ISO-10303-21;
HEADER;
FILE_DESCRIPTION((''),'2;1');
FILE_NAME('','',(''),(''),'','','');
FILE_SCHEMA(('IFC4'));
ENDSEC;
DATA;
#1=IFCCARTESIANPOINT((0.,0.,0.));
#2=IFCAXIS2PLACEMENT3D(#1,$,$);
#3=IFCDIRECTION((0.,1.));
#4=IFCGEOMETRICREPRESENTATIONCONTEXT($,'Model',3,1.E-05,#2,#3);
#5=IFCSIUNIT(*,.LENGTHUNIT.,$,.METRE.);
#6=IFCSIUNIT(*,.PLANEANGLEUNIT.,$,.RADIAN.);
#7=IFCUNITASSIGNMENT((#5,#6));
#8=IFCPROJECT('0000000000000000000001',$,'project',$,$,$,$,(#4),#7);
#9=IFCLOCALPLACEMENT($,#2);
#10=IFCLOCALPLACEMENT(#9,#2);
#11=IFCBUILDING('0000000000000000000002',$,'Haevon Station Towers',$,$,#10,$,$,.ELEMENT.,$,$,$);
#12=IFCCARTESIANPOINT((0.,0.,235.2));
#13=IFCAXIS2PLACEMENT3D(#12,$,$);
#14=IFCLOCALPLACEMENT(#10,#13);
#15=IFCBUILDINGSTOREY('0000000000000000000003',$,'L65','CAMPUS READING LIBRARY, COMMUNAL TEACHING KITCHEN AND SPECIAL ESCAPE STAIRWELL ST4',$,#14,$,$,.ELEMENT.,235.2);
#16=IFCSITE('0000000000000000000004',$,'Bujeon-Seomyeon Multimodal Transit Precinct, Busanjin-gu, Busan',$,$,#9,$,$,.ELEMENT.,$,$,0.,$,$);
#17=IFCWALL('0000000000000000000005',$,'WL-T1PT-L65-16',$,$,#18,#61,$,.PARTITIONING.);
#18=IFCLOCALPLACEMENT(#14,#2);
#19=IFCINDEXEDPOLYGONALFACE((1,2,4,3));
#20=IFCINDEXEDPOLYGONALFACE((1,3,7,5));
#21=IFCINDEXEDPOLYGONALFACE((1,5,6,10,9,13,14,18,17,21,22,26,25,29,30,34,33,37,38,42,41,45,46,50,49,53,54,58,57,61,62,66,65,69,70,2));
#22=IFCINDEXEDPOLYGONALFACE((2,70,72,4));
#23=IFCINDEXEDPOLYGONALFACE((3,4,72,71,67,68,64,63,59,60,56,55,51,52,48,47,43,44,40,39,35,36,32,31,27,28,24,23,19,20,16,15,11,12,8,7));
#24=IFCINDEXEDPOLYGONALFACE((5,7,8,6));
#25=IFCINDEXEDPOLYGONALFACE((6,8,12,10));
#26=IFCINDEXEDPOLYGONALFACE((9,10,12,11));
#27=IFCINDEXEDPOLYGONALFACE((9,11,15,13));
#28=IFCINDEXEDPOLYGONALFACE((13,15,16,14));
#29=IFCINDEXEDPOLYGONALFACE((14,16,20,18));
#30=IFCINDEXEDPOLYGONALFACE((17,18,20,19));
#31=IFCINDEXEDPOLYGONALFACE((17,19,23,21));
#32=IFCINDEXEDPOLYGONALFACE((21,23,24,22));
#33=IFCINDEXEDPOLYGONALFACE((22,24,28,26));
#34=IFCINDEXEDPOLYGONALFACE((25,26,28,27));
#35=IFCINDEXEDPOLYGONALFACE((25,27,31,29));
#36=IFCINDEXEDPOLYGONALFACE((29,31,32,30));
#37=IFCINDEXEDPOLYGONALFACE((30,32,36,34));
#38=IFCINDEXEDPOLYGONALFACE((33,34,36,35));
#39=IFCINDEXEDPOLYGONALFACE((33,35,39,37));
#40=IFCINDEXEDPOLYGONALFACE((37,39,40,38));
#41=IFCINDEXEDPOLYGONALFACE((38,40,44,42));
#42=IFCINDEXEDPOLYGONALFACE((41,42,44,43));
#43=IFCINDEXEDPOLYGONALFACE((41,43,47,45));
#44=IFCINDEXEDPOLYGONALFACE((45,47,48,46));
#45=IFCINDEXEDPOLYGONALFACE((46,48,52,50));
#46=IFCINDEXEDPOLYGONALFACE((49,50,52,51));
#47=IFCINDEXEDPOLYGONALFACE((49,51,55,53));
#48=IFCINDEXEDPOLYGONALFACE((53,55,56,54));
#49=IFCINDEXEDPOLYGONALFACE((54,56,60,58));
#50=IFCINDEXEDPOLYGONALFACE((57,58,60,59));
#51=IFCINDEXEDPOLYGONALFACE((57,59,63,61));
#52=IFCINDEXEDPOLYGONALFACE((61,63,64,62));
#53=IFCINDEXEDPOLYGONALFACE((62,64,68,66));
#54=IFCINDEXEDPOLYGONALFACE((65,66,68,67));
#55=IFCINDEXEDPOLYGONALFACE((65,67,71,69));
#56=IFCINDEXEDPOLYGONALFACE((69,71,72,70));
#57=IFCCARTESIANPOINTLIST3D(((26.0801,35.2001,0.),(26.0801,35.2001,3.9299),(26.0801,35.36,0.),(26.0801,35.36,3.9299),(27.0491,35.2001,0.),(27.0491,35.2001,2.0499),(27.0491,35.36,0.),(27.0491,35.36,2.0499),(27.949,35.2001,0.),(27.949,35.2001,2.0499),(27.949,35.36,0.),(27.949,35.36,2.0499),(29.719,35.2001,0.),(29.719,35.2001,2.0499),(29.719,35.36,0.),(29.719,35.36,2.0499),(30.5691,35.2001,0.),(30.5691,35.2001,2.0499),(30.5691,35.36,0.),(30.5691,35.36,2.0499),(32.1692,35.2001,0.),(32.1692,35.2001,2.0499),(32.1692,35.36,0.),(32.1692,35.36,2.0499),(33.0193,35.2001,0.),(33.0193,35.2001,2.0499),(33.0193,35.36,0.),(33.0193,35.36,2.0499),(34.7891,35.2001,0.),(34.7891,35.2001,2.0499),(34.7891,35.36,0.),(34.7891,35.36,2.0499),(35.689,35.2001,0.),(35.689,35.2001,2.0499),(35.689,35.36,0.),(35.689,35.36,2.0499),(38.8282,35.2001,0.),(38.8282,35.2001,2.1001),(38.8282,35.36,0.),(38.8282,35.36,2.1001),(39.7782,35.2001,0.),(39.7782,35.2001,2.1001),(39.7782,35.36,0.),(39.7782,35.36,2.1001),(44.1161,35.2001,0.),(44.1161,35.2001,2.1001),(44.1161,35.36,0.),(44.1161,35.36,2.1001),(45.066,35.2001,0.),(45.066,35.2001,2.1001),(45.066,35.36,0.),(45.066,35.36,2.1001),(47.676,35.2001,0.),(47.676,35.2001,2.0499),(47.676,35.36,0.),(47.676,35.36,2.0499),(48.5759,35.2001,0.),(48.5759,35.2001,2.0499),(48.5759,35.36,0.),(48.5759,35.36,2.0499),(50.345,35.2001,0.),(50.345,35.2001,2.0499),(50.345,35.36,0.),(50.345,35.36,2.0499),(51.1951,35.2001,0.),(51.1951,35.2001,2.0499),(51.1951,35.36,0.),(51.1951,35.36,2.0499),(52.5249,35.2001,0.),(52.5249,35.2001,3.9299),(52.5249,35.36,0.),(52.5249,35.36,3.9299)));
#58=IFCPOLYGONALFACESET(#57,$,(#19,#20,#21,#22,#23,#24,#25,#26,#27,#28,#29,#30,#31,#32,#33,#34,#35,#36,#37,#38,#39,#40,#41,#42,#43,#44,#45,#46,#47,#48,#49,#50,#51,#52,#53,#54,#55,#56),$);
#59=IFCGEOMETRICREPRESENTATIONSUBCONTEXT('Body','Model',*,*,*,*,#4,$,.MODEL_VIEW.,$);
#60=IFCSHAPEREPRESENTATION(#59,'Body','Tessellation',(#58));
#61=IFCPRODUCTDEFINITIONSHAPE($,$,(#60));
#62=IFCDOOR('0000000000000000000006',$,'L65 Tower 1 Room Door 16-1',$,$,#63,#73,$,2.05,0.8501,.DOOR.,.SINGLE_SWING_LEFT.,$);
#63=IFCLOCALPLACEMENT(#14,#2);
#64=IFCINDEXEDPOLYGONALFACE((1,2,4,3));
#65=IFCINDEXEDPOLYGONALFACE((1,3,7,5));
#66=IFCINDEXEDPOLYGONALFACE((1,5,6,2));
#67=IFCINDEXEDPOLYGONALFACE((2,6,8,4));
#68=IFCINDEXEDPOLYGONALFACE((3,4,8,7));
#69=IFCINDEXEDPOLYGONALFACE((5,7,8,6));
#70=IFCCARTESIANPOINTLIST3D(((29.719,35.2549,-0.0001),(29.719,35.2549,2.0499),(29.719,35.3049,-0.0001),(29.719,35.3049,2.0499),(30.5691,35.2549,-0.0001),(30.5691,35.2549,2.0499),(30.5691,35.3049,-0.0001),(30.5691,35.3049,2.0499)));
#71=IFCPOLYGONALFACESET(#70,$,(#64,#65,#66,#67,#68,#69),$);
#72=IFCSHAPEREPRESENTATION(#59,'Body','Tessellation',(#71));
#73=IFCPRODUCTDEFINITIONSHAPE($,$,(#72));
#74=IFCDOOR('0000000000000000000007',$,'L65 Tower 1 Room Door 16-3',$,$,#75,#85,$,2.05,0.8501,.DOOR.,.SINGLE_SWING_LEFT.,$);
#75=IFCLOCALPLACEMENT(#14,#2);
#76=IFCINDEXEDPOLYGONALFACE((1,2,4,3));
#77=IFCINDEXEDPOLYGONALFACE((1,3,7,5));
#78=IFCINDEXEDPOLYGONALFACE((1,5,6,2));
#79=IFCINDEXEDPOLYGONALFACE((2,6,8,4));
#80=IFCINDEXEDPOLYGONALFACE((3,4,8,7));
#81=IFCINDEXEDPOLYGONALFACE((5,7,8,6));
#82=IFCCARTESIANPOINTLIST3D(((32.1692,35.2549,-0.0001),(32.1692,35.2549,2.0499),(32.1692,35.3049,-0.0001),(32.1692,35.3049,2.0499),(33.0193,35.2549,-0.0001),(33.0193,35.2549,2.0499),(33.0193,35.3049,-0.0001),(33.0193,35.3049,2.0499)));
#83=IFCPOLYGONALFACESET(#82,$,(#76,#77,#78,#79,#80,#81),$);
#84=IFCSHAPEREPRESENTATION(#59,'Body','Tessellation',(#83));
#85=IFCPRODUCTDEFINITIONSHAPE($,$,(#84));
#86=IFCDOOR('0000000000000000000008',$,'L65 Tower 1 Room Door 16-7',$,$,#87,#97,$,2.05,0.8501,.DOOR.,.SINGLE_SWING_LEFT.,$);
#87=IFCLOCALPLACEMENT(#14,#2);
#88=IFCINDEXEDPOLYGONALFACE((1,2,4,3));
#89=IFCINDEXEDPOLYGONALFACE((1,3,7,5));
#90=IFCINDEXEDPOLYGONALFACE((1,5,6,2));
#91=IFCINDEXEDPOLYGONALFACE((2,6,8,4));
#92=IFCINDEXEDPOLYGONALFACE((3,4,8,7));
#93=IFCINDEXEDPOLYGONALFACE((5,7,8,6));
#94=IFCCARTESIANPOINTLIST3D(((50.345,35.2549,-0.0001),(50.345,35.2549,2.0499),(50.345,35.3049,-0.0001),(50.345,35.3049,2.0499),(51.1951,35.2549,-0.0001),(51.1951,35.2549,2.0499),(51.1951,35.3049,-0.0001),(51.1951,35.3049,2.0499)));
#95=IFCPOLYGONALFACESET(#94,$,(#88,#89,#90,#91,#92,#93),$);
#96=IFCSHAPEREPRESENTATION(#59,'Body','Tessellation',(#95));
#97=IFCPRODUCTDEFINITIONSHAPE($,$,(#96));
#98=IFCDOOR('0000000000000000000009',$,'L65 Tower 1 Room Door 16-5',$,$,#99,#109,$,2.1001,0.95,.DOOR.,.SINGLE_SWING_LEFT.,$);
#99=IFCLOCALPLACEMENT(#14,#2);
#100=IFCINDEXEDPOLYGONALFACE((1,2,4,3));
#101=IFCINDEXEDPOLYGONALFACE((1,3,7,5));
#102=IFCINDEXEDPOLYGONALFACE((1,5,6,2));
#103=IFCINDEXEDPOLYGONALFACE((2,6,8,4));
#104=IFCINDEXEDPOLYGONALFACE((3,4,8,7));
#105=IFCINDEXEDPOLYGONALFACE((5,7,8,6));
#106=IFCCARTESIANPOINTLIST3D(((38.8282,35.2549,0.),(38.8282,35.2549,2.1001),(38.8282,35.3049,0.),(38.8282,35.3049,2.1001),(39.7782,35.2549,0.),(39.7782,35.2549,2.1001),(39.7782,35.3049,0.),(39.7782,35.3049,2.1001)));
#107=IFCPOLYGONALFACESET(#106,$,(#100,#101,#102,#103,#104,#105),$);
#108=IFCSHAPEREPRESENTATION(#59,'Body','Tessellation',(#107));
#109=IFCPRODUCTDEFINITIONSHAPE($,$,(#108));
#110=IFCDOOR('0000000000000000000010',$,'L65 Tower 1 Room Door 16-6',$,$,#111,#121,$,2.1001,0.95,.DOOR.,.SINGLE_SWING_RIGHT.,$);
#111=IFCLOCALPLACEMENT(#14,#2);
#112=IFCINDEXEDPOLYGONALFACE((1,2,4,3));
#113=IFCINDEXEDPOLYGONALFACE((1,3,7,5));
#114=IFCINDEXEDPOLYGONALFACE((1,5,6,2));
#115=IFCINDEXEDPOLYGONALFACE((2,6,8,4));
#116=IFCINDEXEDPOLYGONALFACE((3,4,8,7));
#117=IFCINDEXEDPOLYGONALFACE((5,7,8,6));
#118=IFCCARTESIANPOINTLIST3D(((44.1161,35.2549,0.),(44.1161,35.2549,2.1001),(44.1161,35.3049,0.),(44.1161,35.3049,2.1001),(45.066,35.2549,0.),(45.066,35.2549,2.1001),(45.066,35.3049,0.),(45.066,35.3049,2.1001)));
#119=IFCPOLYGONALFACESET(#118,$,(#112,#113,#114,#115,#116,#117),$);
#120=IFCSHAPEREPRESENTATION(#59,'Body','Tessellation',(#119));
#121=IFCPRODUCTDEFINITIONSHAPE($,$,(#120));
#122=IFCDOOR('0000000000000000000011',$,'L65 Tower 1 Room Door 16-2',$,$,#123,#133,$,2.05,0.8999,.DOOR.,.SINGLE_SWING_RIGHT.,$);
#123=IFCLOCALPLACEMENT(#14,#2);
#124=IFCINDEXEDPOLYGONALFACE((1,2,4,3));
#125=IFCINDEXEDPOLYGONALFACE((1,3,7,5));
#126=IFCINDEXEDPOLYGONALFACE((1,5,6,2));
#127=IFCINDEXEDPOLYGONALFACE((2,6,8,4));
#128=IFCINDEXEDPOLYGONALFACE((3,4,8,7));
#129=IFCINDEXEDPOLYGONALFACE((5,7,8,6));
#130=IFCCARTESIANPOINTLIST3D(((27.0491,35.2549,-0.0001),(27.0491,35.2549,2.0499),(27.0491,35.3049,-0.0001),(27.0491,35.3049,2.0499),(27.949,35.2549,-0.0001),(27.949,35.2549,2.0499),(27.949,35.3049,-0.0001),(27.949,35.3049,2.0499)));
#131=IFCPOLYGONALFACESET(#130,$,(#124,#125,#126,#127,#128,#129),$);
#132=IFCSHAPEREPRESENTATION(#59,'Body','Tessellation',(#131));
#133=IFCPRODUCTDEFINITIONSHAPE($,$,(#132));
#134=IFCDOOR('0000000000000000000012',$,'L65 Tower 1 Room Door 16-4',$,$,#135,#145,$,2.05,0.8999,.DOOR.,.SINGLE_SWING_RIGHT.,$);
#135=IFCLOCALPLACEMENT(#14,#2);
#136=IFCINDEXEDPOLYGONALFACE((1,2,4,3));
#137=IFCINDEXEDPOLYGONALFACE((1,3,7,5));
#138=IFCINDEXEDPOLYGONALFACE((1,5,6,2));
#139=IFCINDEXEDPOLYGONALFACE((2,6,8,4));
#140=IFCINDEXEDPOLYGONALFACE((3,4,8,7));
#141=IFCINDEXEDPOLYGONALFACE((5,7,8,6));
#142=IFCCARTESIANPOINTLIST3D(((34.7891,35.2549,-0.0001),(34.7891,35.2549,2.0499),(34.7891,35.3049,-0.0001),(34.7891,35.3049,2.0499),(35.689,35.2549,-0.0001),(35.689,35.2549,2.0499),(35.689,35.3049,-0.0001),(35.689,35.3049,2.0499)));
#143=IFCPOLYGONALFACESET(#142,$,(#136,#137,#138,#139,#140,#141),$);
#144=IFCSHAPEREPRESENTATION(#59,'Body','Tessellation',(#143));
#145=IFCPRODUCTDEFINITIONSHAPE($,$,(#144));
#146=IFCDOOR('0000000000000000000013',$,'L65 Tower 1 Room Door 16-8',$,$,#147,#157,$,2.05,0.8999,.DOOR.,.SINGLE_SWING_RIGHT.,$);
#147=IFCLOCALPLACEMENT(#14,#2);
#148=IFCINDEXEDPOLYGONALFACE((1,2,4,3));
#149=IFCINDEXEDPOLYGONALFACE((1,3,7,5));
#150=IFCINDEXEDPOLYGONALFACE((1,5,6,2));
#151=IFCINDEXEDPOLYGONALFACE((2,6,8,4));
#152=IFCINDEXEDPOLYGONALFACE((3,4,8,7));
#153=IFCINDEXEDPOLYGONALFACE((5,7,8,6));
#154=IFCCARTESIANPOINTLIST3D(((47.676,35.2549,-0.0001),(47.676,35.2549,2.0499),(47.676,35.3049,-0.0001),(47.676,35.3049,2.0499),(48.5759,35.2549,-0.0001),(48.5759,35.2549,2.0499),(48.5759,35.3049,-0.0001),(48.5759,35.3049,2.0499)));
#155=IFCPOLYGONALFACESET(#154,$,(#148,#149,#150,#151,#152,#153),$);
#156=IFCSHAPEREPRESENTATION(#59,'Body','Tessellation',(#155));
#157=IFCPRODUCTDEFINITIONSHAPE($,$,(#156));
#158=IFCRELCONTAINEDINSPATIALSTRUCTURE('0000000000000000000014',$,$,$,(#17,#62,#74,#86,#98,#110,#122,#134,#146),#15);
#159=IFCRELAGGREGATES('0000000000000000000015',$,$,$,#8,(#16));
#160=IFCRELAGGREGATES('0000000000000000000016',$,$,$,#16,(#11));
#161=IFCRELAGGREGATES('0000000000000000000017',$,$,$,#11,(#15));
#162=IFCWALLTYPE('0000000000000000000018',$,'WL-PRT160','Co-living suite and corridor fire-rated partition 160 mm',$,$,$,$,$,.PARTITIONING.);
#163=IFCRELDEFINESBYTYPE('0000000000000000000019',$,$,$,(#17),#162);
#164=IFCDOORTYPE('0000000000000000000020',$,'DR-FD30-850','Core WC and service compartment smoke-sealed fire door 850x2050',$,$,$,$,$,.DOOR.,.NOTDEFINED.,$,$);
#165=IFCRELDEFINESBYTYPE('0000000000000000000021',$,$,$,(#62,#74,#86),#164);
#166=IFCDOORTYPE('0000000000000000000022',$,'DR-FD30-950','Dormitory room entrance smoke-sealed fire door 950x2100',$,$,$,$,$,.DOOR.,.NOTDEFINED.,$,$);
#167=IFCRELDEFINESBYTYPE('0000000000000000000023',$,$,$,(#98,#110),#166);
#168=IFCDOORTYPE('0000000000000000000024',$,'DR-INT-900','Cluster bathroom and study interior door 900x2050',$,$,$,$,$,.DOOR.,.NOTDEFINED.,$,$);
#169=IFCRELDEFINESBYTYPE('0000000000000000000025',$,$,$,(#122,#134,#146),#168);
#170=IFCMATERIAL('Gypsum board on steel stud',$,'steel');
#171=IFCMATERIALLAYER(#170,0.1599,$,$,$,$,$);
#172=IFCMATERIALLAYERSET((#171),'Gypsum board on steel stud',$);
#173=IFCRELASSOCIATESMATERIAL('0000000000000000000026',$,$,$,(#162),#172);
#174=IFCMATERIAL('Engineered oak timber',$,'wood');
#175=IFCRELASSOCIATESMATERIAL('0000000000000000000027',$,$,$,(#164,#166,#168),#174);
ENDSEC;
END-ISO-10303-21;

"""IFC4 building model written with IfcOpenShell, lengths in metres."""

from ifc_helpers import new_model, si_unit, direction, frame, frame_2d, origin, place, context, subcontext, project, spatial, rectangle, extrude, material, layer, layer_set, type_object, element, fill, save


model = new_model("IFC4")

# Units and contexts
model_context = context("Model", 3, precision=1e-05, world=origin(), true_north=direction((0.0, 1.0)))
body_context = subcontext(model_context, "Body", "Model", "MODEL_VIEW")
ifc_project = project(units=[si_unit("LENGTHUNIT", "METRE"), si_unit("PLANEANGLEUNIT", "RADIAN")], contexts=[model_context])

# Site, building, storey
site_placement = place(None, origin())
site = spatial("IfcSite", under=ifc_project, at=site_placement, Name="Bujeon-Seomyeon Multimodal Transit Precinct, Busanjin-gu, Busan", CompositionType="ELEMENT", RefElevation=0.0)
building_placement = place(site_placement, origin())
building = spatial("IfcBuilding", under=site, at=building_placement, Name="Haevon Station Towers", CompositionType="ELEMENT")
storey_placement = place(building_placement, frame((0.0, 0.0, 235.2)))
storey = spatial("IfcBuildingStorey", under=building, at=storey_placement, Name="L65", Description="CAMPUS READING LIBRARY, COMMUNAL TEACHING KITCHEN AND SPECIAL ESCAPE STAIRWELL ST4", CompositionType="ELEMENT", Elevation=235.2)

# Shared definitions
ifc_material_1 = material(Name="Gypsum board on steel stud", Category="steel")
ifc_layer_1 = layer(ifc_material_1, 0.1599)
ifc_layer_set_1 = layer_set([ifc_layer_1], Name="Gypsum board on steel stud")
wall_type_1 = type_object("IfcWallType", Name="WL-PRT160", Description="Co-living suite and corridor fire-rated partition 160 mm", PredefinedType="PARTITIONING", material=ifc_layer_set_1)

# Wall, openings, doors
wall_1_placement = place(storey_placement, frame((26.0801, 35.28, 0.0), z_axis=(0.0, 0.0, 1.0), x_axis=(1.0, 0.0, 0.0)))
wall_1 = element("IfcWall", 1, at=wall_1_placement, inside=storey, type_object=wall_type_1, Name="WL-T1PT-L65-16", PredefinedType="PARTITIONING", context=body_context, shape_type="SweptSolid", body=[
    extrude(rectangle(XDim=26.4448, YDim=0.1599, at=frame_2d((13.2224, 0.0))), origin(), (0.0, 0.0, 1.0), 3.9299),
])
opening_1_placement = place(wall_1_placement, frame((3.6389, 0.0, 0.0)))
opening_1 = element("IfcOpeningElement", 2, at=opening_1_placement, cuts=wall_1, PredefinedType="OPENING", context=body_context, shape_type="SweptSolid", body=[
    extrude(rectangle(XDim=0.8501, YDim=2.05, at=frame_2d((0.425, 1.0249))), frame((0.0, 0.0898, 0.0), z_axis=(0.0, -1.0, 0.0), x_axis=(1.0, 0.0, 0.0)), (0.0, 0.0, 1.0), 0.1799),
])
opening_2_placement = place(wall_1_placement, frame((0.969, 0.0, 0.0)))
opening_2 = element("IfcOpeningElement", 3, at=opening_2_placement, cuts=wall_1, PredefinedType="OPENING", context=body_context, shape_type="SweptSolid", body=[
    extrude(rectangle(XDim=0.8999, YDim=2.05, at=frame_2d((0.45, 1.0249))), frame((0.0, 0.0898, 0.0), z_axis=(0.0, -1.0, 0.0), x_axis=(1.0, 0.0, 0.0)), (0.0, 0.0, 1.0), 0.1799),
])
opening_3_placement = place(wall_1_placement, frame((6.0891, 0.0, 0.0)))
opening_3 = element("IfcOpeningElement", 4, at=opening_3_placement, cuts=wall_1, PredefinedType="OPENING", context=body_context, shape_type="SweptSolid", body=[
    extrude(rectangle(XDim=0.8501, YDim=2.05, at=frame_2d((0.425, 1.0249))), frame((0.0, 0.0898, 0.0), z_axis=(0.0, -1.0, 0.0), x_axis=(1.0, 0.0, 0.0)), (0.0, 0.0, 1.0), 0.1799),
])
opening_4_placement = place(wall_1_placement, frame((8.709, 0.0, 0.0)))
opening_4 = element("IfcOpeningElement", 5, at=opening_4_placement, cuts=wall_1, PredefinedType="OPENING", context=body_context, shape_type="SweptSolid", body=[
    extrude(rectangle(XDim=0.8999, YDim=2.05, at=frame_2d((0.45, 1.0249))), frame((0.0, 0.0898, 0.0), z_axis=(0.0, -1.0, 0.0), x_axis=(1.0, 0.0, 0.0)), (0.0, 0.0, 1.0), 0.1799),
])
opening_5_placement = place(wall_1_placement, frame((12.748, 0.0, 0.0)))
opening_5 = element("IfcOpeningElement", 6, at=opening_5_placement, cuts=wall_1, PredefinedType="OPENING", context=body_context, shape_type="SweptSolid", body=[
    extrude(rectangle(XDim=0.95, YDim=2.1001, at=frame_2d((0.4751, 1.05))), frame((0.0, 0.0898, 0.0), z_axis=(0.0, -1.0, 0.0), x_axis=(1.0, 0.0, 0.0)), (0.0, 0.0, 1.0), 0.1799),
])
opening_6_placement = place(wall_1_placement, frame((18.0359, 0.0, 0.0)))
opening_6 = element("IfcOpeningElement", 7, at=opening_6_placement, cuts=wall_1, PredefinedType="OPENING", context=body_context, shape_type="SweptSolid", body=[
    extrude(rectangle(XDim=0.95, YDim=2.1001, at=frame_2d((0.4751, 1.05))), frame((0.0, 0.0898, 0.0), z_axis=(0.0, -1.0, 0.0), x_axis=(1.0, 0.0, 0.0)), (0.0, 0.0, 1.0), 0.1799),
])
opening_7_placement = place(wall_1_placement, frame((24.2649, 0.0, 0.0)))
opening_7 = element("IfcOpeningElement", 8, at=opening_7_placement, cuts=wall_1, PredefinedType="OPENING", context=body_context, shape_type="SweptSolid", body=[
    extrude(rectangle(XDim=0.8501, YDim=2.05, at=frame_2d((0.425, 1.0249))), frame((0.0, 0.0898, 0.0), z_axis=(0.0, -1.0, 0.0), x_axis=(1.0, 0.0, 0.0)), (0.0, 0.0, 1.0), 0.1799),
])
opening_8_placement = place(wall_1_placement, frame((21.5959, 0.0, 0.0)))
opening_8 = element("IfcOpeningElement", 9, at=opening_8_placement, cuts=wall_1, PredefinedType="OPENING", context=body_context, shape_type="SweptSolid", body=[
    extrude(rectangle(XDim=0.8999, YDim=2.05, at=frame_2d((0.45, 1.0249))), frame((0.0, 0.0898, 0.0), z_axis=(0.0, -1.0, 0.0), x_axis=(1.0, 0.0, 0.0)), (0.0, 0.0, 1.0), 0.1799),
])
ifc_material_2 = material(Name="Engineered oak timber", Category="wood")
door_type_1 = type_object("IfcDoorType", Name="DR-FD30-850", Description="Core WC and service compartment smoke-sealed fire door 850x2050", OperationType="NOTDEFINED", PredefinedType="DOOR", material=ifc_material_2)
door_1_placement = place(opening_1_placement, origin())
door_1 = element("IfcDoor", 10, at=door_1_placement, inside=storey, type_object=door_type_1, Name="L65 Tower 1 Room Door 16-1", OperationType="SINGLE_SWING_LEFT", OverallHeight=2.05, OverallWidth=0.8501, PredefinedType="DOOR", context=body_context, shape_type="SweptSolid", body=[
    extrude(rectangle(XDim=0.8501, YDim=2.05, at=frame_2d((0.425, 1.0249))), frame((0.0, 0.0249, 0.0), z_axis=(0.0, -1.0, 0.0), x_axis=(1.0, 0.0, 0.0)), (0.0, 0.0, 1.0), 0.05),
])
fill(opening_1, door_1)
door_2_placement = place(opening_3_placement, origin())
door_2 = element("IfcDoor", 11, at=door_2_placement, inside=storey, type_object=door_type_1, Name="L65 Tower 1 Room Door 16-3", OperationType="SINGLE_SWING_LEFT", OverallHeight=2.05, OverallWidth=0.8501, PredefinedType="DOOR", context=body_context, shape_type="SweptSolid", body=[
    extrude(rectangle(XDim=0.8501, YDim=2.05, at=frame_2d((0.425, 1.0249))), frame((0.0, 0.0249, 0.0), z_axis=(0.0, -1.0, 0.0), x_axis=(1.0, 0.0, 0.0)), (0.0, 0.0, 1.0), 0.05),
])
fill(opening_3, door_2)
door_3_placement = place(opening_7_placement, origin())
door_3 = element("IfcDoor", 12, at=door_3_placement, inside=storey, type_object=door_type_1, Name="L65 Tower 1 Room Door 16-7", OperationType="SINGLE_SWING_LEFT", OverallHeight=2.05, OverallWidth=0.8501, PredefinedType="DOOR", context=body_context, shape_type="SweptSolid", body=[
    extrude(rectangle(XDim=0.8501, YDim=2.05, at=frame_2d((0.425, 1.0249))), frame((0.0, 0.0249, 0.0), z_axis=(0.0, -1.0, 0.0), x_axis=(1.0, 0.0, 0.0)), (0.0, 0.0, 1.0), 0.05),
])
fill(opening_7, door_3)
door_type_2 = type_object("IfcDoorType", Name="DR-FD30-950", Description="Dormitory room entrance smoke-sealed fire door 950x2100", OperationType="NOTDEFINED", PredefinedType="DOOR", material=ifc_material_2)
door_4_placement = place(opening_5_placement, origin())
door_4 = element("IfcDoor", 13, at=door_4_placement, inside=storey, type_object=door_type_2, Name="L65 Tower 1 Room Door 16-5", OperationType="SINGLE_SWING_LEFT", OverallHeight=2.1001, OverallWidth=0.95, PredefinedType="DOOR", context=body_context, shape_type="SweptSolid", body=[
    extrude(rectangle(XDim=0.95, YDim=2.1001, at=frame_2d((0.4751, 1.05))), frame((0.0, 0.0249, 0.0), z_axis=(0.0, -1.0, 0.0), x_axis=(1.0, 0.0, 0.0)), (0.0, 0.0, 1.0), 0.05),
])
fill(opening_5, door_4)
door_5_placement = place(opening_6_placement, origin())
door_5 = element("IfcDoor", 14, at=door_5_placement, inside=storey, type_object=door_type_2, Name="L65 Tower 1 Room Door 16-6", OperationType="SINGLE_SWING_RIGHT", OverallHeight=2.1001, OverallWidth=0.95, PredefinedType="DOOR", context=body_context, shape_type="SweptSolid", body=[
    extrude(rectangle(XDim=0.95, YDim=2.1001, at=frame_2d((0.4751, 1.05))), frame((0.0, 0.0249, 0.0), z_axis=(0.0, -1.0, 0.0), x_axis=(1.0, 0.0, 0.0)), (0.0, 0.0, 1.0), 0.05),
])
fill(opening_6, door_5)
door_type_3 = type_object("IfcDoorType", Name="DR-INT-900", Description="Cluster bathroom and study interior door 900x2050", OperationType="NOTDEFINED", PredefinedType="DOOR", material=ifc_material_2)
door_6_placement = place(opening_2_placement, origin())
door_6 = element("IfcDoor", 15, at=door_6_placement, inside=storey, type_object=door_type_3, Name="L65 Tower 1 Room Door 16-2", OperationType="SINGLE_SWING_RIGHT", OverallHeight=2.05, OverallWidth=0.8999, PredefinedType="DOOR", context=body_context, shape_type="SweptSolid", body=[
    extrude(rectangle(XDim=0.8999, YDim=2.05, at=frame_2d((0.45, 1.0249))), frame((0.0, 0.0249, 0.0), z_axis=(0.0, -1.0, 0.0), x_axis=(1.0, 0.0, 0.0)), (0.0, 0.0, 1.0), 0.05),
])
fill(opening_2, door_6)
door_7_placement = place(opening_4_placement, origin())
door_7 = element("IfcDoor", 16, at=door_7_placement, inside=storey, type_object=door_type_3, Name="L65 Tower 1 Room Door 16-4", OperationType="SINGLE_SWING_RIGHT", OverallHeight=2.05, OverallWidth=0.8999, PredefinedType="DOOR", context=body_context, shape_type="SweptSolid", body=[
    extrude(rectangle(XDim=0.8999, YDim=2.05, at=frame_2d((0.45, 1.0249))), frame((0.0, 0.0249, 0.0), z_axis=(0.0, -1.0, 0.0), x_axis=(1.0, 0.0, 0.0)), (0.0, 0.0, 1.0), 0.05),
])
fill(opening_4, door_7)
door_8_placement = place(opening_8_placement, origin())
door_8 = element("IfcDoor", 17, at=door_8_placement, inside=storey, type_object=door_type_3, Name="L65 Tower 1 Room Door 16-8", OperationType="SINGLE_SWING_RIGHT", OverallHeight=2.05, OverallWidth=0.8999, PredefinedType="DOOR", context=body_context, shape_type="SweptSolid", body=[
    extrude(rectangle(XDim=0.8999, YDim=2.05, at=frame_2d((0.45, 1.0249))), frame((0.0, 0.0249, 0.0), z_axis=(0.0, -1.0, 0.0), x_axis=(1.0, 0.0, 0.0)), (0.0, 0.0, 1.0), 0.05),
])
fill(opening_8, door_8)

save(model, "model.ifc")
